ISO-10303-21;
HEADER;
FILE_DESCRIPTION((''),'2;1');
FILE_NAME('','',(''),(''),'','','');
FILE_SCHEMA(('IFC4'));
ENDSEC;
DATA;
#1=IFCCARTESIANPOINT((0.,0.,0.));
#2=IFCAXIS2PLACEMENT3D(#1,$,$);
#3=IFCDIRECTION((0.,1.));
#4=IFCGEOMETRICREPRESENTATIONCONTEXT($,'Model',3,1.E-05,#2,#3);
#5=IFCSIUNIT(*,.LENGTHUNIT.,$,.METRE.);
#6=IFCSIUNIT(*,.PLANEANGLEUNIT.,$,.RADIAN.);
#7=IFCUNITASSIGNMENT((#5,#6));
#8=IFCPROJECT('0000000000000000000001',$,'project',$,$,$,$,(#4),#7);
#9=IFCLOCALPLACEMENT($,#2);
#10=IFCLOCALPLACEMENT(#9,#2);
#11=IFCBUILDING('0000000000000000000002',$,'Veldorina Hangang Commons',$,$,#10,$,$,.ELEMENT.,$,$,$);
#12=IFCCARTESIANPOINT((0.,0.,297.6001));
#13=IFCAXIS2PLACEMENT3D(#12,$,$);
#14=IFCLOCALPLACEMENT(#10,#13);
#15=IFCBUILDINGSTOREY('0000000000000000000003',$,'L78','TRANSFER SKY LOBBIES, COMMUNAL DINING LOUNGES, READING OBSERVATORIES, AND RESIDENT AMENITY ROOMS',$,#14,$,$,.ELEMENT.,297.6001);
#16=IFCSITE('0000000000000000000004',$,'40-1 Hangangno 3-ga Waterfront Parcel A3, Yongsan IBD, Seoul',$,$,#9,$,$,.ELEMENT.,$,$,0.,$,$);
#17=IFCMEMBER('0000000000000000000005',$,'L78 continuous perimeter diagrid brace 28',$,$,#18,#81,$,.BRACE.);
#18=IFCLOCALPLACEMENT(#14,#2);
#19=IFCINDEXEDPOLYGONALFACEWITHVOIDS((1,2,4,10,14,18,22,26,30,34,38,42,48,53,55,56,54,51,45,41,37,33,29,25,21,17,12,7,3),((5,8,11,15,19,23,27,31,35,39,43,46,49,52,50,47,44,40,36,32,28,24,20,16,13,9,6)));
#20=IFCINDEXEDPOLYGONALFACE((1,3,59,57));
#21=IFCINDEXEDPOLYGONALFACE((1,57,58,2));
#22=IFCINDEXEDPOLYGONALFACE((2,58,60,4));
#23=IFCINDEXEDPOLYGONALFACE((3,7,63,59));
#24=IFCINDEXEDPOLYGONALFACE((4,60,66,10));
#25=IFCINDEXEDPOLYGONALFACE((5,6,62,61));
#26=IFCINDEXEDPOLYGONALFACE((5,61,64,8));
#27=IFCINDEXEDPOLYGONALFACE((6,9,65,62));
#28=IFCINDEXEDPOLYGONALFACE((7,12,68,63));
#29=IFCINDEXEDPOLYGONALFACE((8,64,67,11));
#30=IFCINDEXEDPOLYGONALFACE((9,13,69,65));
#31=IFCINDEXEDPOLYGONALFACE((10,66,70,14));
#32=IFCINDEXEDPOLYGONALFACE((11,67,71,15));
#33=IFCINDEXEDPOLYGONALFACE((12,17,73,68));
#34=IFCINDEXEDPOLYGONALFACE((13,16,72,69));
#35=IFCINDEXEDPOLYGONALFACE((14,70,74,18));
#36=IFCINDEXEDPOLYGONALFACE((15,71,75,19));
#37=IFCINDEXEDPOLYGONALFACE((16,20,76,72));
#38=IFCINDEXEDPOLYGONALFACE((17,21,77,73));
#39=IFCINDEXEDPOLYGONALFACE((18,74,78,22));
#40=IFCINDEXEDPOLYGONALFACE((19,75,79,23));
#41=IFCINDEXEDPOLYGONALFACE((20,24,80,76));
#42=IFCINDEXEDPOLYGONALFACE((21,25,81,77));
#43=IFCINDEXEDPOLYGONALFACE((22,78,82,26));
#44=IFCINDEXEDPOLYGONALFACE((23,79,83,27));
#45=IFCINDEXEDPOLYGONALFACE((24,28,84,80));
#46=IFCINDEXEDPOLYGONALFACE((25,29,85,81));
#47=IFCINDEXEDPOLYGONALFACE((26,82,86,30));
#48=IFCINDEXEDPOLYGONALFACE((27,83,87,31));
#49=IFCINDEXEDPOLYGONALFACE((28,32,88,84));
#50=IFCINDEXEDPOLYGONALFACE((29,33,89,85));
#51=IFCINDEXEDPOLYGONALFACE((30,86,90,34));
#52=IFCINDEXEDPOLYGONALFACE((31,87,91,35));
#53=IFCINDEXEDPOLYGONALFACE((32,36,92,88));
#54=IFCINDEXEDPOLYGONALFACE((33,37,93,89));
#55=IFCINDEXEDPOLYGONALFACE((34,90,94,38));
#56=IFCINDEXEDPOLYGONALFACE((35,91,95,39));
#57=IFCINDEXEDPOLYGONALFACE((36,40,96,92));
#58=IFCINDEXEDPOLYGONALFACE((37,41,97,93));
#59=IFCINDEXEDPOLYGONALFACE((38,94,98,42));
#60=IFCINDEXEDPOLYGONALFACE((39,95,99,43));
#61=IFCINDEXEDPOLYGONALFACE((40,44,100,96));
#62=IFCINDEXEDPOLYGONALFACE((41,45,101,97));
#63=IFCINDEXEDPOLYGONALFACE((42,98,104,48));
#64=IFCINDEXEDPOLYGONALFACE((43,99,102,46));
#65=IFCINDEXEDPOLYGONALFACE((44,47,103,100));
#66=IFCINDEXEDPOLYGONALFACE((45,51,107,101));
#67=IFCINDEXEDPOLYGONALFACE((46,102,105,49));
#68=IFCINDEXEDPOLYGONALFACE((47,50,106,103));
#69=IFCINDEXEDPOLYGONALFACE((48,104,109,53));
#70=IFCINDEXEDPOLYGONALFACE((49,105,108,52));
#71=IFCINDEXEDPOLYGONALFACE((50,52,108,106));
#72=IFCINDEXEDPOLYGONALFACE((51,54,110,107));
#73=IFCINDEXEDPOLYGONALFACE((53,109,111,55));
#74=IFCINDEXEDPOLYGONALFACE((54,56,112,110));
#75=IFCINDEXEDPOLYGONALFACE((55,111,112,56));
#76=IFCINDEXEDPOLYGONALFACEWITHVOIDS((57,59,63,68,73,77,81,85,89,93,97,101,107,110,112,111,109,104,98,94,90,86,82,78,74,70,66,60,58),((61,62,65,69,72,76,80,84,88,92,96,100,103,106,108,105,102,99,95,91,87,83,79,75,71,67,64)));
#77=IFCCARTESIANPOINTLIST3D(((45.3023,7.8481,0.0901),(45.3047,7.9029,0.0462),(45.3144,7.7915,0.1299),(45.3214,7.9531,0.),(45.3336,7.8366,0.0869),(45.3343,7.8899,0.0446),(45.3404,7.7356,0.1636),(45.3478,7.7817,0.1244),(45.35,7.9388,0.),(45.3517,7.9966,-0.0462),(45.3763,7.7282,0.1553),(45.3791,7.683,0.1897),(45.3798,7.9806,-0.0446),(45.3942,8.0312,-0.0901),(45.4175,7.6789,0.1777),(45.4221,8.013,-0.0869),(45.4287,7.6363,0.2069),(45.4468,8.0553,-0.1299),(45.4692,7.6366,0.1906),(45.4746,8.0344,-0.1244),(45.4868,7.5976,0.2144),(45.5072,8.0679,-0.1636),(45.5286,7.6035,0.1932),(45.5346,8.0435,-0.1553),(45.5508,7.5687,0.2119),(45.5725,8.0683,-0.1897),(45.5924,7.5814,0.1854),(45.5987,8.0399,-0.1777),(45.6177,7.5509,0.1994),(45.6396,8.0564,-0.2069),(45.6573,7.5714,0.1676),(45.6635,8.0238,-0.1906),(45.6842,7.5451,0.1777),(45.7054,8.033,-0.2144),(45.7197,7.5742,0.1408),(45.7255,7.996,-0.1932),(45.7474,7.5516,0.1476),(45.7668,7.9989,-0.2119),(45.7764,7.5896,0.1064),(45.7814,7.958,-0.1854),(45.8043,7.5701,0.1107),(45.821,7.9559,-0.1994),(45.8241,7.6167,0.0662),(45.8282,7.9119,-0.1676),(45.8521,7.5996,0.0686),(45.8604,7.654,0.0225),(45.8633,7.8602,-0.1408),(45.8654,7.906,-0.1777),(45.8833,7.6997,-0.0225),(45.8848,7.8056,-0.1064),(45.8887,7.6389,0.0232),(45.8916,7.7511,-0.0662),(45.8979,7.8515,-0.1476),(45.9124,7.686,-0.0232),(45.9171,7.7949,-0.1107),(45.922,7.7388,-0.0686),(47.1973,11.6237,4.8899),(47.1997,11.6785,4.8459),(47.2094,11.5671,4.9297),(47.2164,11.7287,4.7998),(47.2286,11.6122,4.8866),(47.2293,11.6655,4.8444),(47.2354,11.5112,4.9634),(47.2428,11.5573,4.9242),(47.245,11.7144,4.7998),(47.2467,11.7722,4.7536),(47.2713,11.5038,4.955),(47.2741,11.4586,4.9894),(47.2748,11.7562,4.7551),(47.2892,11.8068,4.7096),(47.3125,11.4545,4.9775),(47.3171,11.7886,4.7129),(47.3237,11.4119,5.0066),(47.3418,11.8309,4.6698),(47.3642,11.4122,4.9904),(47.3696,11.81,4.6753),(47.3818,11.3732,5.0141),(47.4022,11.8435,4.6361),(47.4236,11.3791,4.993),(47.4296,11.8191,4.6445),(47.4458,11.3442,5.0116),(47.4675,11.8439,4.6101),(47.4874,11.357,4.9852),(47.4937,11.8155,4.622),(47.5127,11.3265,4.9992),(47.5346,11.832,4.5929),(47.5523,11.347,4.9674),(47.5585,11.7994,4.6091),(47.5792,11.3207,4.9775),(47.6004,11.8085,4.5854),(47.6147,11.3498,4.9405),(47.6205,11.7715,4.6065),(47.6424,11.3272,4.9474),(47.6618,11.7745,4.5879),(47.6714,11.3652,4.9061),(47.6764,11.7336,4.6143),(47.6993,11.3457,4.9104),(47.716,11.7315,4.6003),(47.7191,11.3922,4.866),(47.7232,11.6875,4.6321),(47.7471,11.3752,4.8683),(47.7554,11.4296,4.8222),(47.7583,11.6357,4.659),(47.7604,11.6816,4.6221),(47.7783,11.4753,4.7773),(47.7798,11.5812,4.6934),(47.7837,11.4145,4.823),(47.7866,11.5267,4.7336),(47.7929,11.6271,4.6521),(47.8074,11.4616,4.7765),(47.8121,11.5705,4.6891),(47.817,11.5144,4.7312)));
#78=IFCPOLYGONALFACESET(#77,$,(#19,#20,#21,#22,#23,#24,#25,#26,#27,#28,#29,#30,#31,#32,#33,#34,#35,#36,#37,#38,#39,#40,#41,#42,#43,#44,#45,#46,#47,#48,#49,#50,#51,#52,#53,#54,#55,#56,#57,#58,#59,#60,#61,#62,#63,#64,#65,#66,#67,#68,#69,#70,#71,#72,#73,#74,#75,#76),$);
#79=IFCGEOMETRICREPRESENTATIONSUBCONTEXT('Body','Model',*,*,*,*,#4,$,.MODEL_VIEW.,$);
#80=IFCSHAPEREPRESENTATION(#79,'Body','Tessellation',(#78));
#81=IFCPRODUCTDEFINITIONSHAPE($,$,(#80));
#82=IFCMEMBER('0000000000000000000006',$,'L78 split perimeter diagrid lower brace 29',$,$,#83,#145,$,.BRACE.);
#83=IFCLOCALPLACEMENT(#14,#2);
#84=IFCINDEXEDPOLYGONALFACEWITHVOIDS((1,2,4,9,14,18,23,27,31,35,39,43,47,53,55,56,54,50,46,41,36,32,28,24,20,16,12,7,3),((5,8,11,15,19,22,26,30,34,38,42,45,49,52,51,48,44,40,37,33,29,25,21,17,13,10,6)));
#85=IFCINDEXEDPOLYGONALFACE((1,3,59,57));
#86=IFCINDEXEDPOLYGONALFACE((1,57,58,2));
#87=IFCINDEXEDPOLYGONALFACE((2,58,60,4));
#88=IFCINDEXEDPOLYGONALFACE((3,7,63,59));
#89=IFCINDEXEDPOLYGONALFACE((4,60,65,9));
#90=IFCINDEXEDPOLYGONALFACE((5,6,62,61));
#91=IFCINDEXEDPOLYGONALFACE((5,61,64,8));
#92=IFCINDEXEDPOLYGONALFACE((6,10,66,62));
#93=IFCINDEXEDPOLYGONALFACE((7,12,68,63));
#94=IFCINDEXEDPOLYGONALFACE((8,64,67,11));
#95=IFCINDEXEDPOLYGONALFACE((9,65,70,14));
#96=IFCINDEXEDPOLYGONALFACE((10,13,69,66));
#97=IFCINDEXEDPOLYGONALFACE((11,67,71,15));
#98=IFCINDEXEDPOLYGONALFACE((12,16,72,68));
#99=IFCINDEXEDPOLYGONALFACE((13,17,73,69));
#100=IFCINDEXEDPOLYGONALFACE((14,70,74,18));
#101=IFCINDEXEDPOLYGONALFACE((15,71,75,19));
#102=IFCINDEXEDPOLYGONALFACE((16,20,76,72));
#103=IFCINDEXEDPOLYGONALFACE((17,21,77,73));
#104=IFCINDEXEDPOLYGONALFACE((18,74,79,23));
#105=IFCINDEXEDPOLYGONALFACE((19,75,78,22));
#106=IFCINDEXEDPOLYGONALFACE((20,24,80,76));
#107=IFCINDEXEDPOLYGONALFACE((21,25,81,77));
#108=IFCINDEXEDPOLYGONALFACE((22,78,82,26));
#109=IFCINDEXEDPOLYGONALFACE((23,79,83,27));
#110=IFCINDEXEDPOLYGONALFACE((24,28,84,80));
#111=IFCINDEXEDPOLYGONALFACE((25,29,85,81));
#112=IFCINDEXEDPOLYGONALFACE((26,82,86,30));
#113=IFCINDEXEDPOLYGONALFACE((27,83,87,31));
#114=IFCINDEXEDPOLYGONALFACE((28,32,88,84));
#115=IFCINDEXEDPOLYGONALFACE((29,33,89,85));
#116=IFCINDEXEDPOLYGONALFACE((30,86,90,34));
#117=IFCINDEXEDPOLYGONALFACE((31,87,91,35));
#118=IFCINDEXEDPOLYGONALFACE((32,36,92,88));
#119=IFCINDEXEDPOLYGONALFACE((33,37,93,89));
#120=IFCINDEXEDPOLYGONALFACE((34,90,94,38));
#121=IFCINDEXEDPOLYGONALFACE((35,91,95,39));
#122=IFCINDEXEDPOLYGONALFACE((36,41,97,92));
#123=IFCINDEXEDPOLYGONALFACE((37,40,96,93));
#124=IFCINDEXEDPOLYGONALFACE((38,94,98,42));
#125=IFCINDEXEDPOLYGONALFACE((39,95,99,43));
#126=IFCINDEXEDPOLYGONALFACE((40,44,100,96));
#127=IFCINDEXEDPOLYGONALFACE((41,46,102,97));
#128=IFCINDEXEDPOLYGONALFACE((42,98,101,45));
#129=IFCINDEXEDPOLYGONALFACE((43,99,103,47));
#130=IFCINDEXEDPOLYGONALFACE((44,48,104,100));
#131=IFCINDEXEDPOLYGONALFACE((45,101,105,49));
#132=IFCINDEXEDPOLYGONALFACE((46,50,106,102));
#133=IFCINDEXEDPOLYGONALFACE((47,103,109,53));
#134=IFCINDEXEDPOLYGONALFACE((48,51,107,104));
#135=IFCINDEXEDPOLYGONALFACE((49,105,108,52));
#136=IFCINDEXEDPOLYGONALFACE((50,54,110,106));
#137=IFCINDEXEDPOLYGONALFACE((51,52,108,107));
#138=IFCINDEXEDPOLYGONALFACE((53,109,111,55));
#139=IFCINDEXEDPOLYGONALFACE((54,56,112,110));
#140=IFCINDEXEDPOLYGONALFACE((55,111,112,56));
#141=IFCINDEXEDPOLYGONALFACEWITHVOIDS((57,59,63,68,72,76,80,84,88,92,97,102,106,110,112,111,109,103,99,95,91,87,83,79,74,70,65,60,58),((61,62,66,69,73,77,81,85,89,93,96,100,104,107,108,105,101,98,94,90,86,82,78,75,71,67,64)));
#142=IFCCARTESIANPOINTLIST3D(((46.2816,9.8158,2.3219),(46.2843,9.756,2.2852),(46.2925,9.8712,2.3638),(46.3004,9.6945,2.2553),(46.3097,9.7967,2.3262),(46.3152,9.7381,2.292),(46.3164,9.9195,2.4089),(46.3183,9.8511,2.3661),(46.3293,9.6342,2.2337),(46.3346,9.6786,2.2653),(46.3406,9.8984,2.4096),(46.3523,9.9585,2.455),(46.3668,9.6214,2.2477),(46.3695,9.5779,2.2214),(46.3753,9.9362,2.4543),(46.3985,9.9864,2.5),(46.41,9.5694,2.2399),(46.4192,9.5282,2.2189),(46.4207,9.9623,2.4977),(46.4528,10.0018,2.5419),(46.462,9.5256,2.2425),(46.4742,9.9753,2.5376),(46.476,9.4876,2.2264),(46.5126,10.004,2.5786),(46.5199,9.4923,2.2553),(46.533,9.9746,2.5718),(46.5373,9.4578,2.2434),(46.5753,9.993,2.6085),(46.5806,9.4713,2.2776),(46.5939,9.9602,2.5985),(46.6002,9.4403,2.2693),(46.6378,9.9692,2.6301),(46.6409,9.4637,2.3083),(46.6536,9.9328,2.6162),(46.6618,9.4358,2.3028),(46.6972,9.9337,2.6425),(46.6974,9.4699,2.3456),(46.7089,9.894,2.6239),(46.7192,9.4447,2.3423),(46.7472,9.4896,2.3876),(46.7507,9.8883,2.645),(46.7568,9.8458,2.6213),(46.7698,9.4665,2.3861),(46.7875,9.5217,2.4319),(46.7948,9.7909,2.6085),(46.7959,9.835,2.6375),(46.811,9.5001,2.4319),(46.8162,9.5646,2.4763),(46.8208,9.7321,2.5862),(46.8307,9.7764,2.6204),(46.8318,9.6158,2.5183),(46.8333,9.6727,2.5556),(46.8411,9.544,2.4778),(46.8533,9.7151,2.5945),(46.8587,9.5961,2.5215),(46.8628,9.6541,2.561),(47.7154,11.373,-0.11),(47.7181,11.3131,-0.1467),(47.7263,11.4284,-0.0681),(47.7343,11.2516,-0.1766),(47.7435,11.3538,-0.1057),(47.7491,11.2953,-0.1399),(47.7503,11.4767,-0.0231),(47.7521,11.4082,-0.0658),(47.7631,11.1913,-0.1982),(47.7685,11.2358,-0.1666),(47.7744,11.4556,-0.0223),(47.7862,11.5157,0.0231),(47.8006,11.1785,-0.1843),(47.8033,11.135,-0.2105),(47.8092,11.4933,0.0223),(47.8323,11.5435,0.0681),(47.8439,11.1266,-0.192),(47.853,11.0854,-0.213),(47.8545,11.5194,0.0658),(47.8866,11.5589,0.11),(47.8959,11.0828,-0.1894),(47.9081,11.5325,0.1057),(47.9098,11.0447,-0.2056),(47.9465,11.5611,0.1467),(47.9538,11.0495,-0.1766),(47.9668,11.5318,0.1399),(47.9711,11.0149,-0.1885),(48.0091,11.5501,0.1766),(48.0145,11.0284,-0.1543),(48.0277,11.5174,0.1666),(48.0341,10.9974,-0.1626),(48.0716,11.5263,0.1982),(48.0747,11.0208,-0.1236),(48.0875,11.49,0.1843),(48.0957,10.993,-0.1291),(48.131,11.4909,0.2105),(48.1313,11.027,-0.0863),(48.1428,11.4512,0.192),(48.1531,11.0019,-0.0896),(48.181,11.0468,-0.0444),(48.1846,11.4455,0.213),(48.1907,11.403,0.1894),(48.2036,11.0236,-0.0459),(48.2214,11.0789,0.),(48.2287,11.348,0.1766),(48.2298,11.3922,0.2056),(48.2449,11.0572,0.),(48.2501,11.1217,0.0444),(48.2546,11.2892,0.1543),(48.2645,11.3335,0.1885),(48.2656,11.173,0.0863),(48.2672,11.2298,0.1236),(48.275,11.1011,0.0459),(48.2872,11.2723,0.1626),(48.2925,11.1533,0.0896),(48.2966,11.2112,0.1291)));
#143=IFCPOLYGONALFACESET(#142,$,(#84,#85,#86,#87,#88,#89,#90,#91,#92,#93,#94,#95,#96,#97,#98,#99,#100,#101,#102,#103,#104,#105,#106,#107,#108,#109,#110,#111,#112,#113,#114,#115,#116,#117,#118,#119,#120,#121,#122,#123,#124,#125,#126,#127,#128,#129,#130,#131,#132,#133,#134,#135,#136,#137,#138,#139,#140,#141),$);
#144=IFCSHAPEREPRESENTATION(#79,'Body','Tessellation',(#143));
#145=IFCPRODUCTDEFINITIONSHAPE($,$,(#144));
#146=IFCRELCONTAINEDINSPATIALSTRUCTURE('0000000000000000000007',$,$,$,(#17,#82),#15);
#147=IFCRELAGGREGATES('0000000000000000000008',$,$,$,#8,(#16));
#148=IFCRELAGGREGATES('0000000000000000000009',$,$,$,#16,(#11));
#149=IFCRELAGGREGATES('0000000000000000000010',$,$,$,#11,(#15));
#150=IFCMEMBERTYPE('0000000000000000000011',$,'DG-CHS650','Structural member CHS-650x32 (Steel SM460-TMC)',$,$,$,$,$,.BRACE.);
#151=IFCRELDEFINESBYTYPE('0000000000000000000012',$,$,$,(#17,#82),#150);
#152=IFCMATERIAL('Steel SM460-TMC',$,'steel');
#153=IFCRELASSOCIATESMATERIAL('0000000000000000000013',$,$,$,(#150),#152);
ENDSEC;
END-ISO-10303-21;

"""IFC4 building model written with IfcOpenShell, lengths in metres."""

from ifc_helpers import new_model, si_unit, direction, frame, origin, origin_2d, place, context, subcontext, project, spatial, hollow_circle, extrude, material, material_profile, profile_set, type_object, element, save


model = new_model("IFC4")

# Units and contexts
model_context = context("Model", 3, precision=1e-05, world=origin(), true_north=direction((0.0, 1.0)))
body_context = subcontext(model_context, "Body", "Model", "MODEL_VIEW")
ifc_project = project(units=[si_unit("LENGTHUNIT", "METRE"), si_unit("PLANEANGLEUNIT", "RADIAN")], contexts=[model_context])

# Site, building, storey
site_placement = place(None, origin())
site = spatial("IfcSite", under=ifc_project, at=site_placement, Name="40-1 Hangangno 3-ga Waterfront Parcel A3, Yongsan IBD, Seoul", CompositionType="ELEMENT", RefElevation=0.0)
building_placement = place(site_placement, origin())
building = spatial("IfcBuilding", under=site, at=building_placement, Name="Veldorina Hangang Commons", CompositionType="ELEMENT")
storey_placement = place(building_placement, frame((0.0, 0.0, 297.6001)))
storey = spatial("IfcBuildingStorey", under=building, at=storey_placement, Name="L78", Description="TRANSFER SKY LOBBIES, COMMUNAL DINING LOUNGES, READING OBSERVATORIES, AND RESIDENT AMENITY ROOMS", CompositionType="ELEMENT", Elevation=297.6001)

# Shared definitions
ifc_material_1 = material(Name="Steel SM460-TMC", Category="steel")

# Members
ifc_material_profile_1 = material_profile(ifc_material_1, hollow_circle(Radius=0.325, WallThickness=0.032, at=origin_2d()), Name="CHS-650x32")
ifc_profile_set_1 = profile_set([ifc_material_profile_1], Name="Steel SM460-TMC")
member_type_1 = type_object("IfcMemberType", Name="DG-CHS650", Description="Structural member CHS-650x32 (Steel SM460-TMC)", PredefinedType="BRACE", material=ifc_profile_set_1)
member_1_placement = place(storey_placement, frame((45.6118, 7.8074, 0.0), z_axis=(0.29637, 0.590486, 0.75066), x_axis=(-0.893744, 0.448577, 0.0)))
element("IfcMember", 1, at=member_1_placement, inside=storey, type_object=member_type_1, Name="L78 continuous perimeter diagrid brace 28", PredefinedType="BRACE", context=body_context, shape_type="SweptSolid", body=[
    extrude(hollow_circle(Radius=0.325, WallThickness=0.032, at=origin_2d()), origin(), (0.0, 0.0, 1.0), 6.394),
])
member_2_placement = place(storey_placement, frame((48.0059, 11.2773, 0.0), z_axis=(-0.44473, -0.48297, 0.754291), x_axis=(0.73563, -0.677384, 0.0)))
element("IfcMember", 2, at=member_2_placement, inside=storey, type_object=member_type_1, Name="L78 split perimeter diagrid lower brace 29", PredefinedType="BRACE", context=body_context, shape_type="SweptSolid", body=[
    extrude(hollow_circle(Radius=0.325, WallThickness=0.032, at=origin_2d()), origin(), (0.0, 0.0, 1.0), 3.2241),
])

save(model, "model.ifc")
